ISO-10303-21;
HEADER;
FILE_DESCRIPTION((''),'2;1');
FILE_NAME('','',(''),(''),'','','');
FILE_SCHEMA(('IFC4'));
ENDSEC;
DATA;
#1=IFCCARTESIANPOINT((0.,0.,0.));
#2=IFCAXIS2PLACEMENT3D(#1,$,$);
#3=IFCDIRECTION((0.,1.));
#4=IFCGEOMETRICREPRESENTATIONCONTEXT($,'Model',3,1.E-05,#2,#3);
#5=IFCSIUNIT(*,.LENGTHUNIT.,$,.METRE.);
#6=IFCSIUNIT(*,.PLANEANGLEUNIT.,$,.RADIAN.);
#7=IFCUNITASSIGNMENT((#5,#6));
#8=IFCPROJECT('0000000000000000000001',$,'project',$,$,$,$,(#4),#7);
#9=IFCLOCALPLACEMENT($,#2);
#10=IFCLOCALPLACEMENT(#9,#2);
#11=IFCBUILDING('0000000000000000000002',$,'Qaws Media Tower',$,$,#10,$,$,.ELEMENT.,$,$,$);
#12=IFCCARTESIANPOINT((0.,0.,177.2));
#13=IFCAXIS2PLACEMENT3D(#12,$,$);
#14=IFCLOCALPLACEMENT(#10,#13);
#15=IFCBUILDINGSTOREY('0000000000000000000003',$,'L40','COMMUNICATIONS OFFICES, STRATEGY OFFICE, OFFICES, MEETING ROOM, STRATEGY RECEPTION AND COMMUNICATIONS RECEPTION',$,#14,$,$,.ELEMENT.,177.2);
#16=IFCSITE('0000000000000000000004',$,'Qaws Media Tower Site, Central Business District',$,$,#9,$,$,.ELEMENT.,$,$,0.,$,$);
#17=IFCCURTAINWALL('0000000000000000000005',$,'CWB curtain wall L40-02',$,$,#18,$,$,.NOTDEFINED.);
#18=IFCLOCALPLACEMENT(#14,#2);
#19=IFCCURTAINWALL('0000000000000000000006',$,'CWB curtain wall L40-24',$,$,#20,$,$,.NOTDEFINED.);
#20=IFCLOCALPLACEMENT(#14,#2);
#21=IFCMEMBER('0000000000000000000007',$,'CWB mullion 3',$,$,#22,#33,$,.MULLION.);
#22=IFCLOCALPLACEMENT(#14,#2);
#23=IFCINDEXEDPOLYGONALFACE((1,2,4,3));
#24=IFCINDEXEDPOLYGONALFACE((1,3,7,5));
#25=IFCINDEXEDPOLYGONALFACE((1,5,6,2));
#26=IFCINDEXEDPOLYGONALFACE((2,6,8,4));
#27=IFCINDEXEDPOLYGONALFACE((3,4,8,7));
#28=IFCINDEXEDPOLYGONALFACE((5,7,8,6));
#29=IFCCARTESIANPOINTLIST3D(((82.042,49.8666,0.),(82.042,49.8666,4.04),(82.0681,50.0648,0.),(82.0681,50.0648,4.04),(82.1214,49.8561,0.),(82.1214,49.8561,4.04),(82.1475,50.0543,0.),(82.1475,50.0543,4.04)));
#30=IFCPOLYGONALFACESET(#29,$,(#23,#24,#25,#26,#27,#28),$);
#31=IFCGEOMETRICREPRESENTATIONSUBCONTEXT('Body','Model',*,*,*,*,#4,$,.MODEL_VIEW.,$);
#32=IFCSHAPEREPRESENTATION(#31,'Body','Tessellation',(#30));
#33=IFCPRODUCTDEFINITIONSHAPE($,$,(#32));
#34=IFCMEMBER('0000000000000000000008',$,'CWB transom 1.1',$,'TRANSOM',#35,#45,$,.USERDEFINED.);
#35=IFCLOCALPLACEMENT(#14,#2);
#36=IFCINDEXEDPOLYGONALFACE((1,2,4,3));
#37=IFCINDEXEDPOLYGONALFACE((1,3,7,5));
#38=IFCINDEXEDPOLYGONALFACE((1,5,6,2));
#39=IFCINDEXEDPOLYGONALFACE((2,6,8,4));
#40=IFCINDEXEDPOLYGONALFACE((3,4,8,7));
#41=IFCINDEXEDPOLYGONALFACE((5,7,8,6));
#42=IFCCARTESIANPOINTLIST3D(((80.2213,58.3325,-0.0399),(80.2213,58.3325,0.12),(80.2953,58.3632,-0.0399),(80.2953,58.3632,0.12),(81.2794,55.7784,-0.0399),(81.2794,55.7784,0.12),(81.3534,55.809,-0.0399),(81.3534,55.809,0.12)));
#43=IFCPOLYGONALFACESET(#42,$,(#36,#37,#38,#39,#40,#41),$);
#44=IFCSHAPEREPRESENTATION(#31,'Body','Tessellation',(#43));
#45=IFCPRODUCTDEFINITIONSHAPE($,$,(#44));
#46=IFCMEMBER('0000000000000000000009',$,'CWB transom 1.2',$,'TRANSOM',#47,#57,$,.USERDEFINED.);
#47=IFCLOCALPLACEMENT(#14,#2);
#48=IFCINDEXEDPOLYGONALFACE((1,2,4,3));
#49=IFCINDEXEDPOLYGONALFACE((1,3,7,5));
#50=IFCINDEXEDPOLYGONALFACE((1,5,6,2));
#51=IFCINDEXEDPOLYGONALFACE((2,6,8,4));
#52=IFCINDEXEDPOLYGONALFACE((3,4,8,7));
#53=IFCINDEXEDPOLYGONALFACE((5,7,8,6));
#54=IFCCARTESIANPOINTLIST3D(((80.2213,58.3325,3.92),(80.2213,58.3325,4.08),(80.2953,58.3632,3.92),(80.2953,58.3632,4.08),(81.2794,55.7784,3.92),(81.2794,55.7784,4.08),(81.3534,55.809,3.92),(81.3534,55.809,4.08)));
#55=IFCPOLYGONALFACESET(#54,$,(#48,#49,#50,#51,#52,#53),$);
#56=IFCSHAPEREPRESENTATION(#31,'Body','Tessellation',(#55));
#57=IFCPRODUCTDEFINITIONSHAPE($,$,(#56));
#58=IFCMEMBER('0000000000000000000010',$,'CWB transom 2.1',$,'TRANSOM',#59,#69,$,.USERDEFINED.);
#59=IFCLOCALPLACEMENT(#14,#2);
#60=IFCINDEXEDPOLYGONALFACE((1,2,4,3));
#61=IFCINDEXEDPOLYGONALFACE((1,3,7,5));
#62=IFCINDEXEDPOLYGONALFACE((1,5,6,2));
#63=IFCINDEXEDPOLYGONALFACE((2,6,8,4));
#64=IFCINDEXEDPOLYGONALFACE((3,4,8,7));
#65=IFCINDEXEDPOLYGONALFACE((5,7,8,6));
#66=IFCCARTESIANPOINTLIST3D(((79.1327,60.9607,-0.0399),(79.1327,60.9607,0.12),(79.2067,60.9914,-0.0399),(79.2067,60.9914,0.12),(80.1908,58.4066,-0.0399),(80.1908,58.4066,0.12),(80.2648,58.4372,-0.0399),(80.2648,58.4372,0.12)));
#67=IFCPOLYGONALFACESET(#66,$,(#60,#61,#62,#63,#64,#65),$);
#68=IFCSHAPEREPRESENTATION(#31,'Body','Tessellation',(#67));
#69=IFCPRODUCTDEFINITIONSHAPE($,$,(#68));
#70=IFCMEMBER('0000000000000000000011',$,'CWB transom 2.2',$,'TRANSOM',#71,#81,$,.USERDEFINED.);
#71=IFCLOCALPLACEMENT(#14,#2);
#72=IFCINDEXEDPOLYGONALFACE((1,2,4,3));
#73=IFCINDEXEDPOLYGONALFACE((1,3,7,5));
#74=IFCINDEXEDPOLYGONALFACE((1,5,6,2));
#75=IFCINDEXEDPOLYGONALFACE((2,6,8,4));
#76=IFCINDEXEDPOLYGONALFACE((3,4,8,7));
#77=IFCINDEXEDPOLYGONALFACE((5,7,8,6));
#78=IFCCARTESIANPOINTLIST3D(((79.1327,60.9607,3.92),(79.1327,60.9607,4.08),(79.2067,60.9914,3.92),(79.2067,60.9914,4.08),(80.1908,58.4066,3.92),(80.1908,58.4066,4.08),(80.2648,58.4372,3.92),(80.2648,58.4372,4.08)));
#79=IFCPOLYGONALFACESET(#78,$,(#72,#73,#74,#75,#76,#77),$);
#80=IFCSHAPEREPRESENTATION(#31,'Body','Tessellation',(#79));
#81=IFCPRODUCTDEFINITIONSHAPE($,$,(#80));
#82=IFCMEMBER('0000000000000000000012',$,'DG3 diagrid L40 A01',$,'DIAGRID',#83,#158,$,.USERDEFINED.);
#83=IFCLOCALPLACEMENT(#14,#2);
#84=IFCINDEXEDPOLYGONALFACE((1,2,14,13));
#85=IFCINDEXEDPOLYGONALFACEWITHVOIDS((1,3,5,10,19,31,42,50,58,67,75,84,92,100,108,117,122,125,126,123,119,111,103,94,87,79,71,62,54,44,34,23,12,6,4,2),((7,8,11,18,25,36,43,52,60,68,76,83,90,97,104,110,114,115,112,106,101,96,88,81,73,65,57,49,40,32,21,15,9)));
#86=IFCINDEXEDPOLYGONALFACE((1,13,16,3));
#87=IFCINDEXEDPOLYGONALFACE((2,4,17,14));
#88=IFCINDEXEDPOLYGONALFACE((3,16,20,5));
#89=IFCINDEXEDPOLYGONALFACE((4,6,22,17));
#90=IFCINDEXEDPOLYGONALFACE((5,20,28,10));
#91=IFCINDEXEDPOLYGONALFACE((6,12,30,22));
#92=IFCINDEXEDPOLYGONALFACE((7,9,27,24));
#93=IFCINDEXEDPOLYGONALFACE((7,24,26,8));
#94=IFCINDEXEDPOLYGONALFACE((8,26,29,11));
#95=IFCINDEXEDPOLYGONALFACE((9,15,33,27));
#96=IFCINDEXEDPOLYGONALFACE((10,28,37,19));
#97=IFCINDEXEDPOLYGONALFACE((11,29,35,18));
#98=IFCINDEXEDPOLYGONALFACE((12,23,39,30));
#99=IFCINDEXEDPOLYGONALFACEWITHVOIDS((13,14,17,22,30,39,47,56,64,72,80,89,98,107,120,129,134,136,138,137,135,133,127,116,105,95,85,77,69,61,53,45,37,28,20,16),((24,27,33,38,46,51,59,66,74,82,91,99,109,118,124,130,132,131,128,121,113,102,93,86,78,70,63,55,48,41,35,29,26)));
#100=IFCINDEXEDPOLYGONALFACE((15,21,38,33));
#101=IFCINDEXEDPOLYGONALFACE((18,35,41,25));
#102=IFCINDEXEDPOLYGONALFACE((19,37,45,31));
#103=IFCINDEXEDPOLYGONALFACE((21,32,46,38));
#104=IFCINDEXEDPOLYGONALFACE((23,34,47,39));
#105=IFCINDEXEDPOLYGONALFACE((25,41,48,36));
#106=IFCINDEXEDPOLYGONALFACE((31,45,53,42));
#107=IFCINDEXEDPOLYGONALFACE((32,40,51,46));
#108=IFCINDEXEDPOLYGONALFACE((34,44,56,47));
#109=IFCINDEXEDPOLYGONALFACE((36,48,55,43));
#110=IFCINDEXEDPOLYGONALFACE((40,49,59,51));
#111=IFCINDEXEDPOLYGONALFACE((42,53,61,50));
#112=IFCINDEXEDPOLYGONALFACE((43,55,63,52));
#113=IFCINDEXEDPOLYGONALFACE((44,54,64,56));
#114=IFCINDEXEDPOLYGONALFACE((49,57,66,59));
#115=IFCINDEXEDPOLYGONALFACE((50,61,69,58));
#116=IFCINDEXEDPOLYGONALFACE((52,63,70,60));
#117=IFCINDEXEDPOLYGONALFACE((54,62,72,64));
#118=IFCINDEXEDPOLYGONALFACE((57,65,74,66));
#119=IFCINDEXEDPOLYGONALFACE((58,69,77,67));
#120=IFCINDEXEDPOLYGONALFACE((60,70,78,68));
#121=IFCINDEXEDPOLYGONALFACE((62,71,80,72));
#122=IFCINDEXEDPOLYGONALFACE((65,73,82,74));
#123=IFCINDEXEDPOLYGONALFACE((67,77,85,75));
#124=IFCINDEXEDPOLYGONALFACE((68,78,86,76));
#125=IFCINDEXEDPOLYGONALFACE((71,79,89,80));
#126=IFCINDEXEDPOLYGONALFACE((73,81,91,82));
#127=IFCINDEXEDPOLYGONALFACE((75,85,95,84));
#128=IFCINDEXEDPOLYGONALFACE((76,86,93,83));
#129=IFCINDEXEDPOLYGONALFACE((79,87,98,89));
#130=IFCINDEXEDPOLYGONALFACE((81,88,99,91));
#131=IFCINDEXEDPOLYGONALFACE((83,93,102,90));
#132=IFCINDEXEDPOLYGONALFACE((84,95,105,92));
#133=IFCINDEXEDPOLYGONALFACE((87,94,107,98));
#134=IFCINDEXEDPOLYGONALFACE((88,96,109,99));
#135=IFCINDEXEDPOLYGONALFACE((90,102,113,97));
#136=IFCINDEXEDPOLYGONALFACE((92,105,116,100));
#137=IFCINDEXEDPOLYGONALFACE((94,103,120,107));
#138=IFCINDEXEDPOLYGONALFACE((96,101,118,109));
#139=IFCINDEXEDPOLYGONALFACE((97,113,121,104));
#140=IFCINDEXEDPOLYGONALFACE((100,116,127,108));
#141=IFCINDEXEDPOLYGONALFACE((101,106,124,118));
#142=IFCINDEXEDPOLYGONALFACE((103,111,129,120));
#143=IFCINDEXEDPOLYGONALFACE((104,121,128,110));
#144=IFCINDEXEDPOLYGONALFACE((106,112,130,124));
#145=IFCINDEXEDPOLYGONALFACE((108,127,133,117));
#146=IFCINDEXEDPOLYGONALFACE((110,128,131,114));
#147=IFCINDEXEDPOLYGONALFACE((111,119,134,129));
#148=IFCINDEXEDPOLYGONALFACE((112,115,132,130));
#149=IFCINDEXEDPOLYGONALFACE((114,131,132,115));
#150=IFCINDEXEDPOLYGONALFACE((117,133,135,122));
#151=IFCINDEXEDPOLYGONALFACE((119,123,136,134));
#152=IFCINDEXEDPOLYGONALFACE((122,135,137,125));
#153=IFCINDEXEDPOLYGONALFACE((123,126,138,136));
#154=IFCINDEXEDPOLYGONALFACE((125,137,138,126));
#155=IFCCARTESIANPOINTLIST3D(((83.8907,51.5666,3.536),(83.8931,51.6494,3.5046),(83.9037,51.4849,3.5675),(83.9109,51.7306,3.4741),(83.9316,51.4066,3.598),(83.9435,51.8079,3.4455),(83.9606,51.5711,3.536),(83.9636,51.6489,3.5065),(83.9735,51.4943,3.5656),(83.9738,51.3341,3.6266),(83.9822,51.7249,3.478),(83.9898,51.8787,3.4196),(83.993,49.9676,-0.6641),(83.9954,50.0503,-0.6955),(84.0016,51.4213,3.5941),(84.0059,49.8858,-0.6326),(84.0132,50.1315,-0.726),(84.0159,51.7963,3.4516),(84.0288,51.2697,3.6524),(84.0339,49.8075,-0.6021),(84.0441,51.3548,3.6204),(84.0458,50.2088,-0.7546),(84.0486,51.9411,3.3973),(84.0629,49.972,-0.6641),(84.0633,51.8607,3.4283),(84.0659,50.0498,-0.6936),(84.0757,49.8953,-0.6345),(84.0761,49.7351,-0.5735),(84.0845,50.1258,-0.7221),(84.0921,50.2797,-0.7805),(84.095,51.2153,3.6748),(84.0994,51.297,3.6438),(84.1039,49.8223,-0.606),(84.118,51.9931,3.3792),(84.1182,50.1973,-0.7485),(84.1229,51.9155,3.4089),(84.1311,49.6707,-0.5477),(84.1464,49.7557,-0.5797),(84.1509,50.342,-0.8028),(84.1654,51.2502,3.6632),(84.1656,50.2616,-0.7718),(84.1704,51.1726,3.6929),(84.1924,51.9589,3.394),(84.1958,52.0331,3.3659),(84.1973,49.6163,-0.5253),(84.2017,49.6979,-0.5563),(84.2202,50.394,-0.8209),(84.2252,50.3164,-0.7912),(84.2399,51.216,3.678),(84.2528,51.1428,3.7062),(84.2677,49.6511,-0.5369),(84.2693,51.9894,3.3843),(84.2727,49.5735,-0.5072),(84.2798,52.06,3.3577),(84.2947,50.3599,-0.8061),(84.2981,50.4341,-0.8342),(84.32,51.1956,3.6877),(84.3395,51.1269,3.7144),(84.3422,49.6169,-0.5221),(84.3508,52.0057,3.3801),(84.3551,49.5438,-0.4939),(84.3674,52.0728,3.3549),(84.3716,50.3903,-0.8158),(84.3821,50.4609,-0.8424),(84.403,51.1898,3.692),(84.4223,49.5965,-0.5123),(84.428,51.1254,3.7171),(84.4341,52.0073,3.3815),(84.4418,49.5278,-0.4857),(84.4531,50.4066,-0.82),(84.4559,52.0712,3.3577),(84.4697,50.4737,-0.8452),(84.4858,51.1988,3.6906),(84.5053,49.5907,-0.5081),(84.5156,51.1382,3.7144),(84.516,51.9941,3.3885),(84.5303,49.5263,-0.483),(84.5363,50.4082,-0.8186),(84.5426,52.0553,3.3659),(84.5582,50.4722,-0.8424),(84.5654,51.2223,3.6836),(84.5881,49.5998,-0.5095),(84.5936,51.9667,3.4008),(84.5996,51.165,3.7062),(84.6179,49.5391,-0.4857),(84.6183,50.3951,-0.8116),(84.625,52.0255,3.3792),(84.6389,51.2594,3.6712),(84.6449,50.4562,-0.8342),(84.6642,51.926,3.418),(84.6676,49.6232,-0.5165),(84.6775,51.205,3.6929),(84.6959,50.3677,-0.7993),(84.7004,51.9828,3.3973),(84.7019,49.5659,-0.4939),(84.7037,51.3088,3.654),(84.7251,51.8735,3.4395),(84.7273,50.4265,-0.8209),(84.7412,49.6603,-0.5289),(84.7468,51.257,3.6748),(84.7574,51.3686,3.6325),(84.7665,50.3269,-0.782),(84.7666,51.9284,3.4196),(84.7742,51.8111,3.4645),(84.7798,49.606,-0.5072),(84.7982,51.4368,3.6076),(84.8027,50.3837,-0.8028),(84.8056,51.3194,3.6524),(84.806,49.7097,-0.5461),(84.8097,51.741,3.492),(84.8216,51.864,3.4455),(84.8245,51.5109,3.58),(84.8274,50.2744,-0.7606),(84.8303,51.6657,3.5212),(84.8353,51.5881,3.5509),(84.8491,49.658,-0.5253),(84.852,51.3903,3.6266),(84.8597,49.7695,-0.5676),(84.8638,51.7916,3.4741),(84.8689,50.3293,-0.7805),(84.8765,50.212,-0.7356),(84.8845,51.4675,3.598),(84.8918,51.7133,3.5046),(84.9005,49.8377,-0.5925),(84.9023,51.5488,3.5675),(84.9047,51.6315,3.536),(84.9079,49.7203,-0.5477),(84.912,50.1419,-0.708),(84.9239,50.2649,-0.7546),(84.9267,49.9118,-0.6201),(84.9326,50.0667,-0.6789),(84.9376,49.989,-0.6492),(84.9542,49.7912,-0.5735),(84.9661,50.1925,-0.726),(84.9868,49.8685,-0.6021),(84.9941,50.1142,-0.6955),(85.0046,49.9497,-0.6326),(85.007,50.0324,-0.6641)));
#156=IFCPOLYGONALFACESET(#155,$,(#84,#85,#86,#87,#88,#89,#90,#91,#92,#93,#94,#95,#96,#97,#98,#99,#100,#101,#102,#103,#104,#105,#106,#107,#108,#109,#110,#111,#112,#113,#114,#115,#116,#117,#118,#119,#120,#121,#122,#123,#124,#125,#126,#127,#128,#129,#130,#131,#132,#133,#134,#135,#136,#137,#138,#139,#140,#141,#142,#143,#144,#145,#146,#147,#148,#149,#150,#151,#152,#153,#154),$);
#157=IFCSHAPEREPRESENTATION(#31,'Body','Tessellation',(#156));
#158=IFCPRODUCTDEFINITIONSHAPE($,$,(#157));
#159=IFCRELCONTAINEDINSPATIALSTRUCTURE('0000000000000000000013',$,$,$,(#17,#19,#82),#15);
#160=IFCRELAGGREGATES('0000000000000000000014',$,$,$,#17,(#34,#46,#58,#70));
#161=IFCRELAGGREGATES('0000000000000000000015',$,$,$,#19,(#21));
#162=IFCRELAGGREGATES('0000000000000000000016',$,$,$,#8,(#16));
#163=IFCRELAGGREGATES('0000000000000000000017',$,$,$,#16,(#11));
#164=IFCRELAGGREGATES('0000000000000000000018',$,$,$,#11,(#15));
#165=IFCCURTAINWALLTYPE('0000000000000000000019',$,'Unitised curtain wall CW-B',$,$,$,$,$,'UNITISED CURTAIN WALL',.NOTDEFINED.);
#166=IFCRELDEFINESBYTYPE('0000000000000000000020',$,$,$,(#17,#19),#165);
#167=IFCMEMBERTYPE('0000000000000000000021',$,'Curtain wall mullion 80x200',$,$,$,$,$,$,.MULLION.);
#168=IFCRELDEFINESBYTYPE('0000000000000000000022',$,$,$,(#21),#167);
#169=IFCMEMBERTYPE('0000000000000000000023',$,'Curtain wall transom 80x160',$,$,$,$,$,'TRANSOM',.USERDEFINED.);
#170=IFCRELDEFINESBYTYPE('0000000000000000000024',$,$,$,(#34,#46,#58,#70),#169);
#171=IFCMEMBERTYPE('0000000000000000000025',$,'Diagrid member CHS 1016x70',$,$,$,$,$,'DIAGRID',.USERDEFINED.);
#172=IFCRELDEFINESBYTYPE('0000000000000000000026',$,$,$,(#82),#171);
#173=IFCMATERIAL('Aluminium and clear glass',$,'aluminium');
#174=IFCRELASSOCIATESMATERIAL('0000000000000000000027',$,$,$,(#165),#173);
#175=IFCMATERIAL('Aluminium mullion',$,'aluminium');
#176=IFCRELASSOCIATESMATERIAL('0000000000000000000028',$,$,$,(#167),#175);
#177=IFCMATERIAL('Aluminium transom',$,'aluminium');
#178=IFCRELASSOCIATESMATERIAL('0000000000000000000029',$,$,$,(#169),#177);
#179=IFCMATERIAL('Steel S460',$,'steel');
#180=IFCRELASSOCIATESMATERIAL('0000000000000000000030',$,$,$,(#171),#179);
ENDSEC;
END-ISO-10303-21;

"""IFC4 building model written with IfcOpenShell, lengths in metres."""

from ifc_helpers import new_model, si_unit, direction, frame, origin, origin_2d, place, context, subcontext, project, spatial, rectangle, hollow_circle, extrude, material, material_profile, profile_set, type_object, element, aggregate, save


model = new_model("IFC4")

# Units and contexts
model_context = context("Model", 3, precision=1e-05, world=origin(), true_north=direction((0.0, 1.0)))
body_context = subcontext(model_context, "Body", "Model", "MODEL_VIEW")
ifc_project = project(units=[si_unit("LENGTHUNIT", "METRE"), si_unit("PLANEANGLEUNIT", "RADIAN")], contexts=[model_context])

# Site, building, storey
site_placement = place(None, origin())
site = spatial("IfcSite", under=ifc_project, at=site_placement, Name="Qaws Media Tower Site, Central Business District", CompositionType="ELEMENT", RefElevation=0.0)
building_placement = place(site_placement, origin())
building = spatial("IfcBuilding", under=site, at=building_placement, Name="Qaws Media Tower", CompositionType="ELEMENT")
storey_placement = place(building_placement, frame((0.0, 0.0, 177.2)))
storey = spatial("IfcBuildingStorey", under=building, at=storey_placement, Name="L40", Description="COMMUNICATIONS OFFICES, STRATEGY OFFICE, OFFICES, MEETING ROOM, STRATEGY RECEPTION AND COMMUNICATIONS RECEPTION", CompositionType="ELEMENT", Elevation=177.2)

# Curtain wall
ifc_material_1 = material(Name="Aluminium and clear glass", Category="aluminium")
curtain_wall_type = type_object("IfcCurtainWallType", Name="Unitised curtain wall CW-B", ElementType="UNITISED CURTAIN WALL", PredefinedType="NOTDEFINED", material=ifc_material_1)
curtain_wall_1_placement = place(storey_placement, origin())
curtain_wall_1 = element("IfcCurtainWall", 1, at=curtain_wall_1_placement, inside=storey, type_object=curtain_wall_type, Name="CWB curtain wall L40-02", PredefinedType="NOTDEFINED")
ifc_material_2 = material(Name="Aluminium mullion", Category="aluminium")
ifc_material_profile_1 = material_profile(ifc_material_2, rectangle(XDim=0.0801, YDim=0.2, at=origin_2d()), Name="80x200")
ifc_profile_set_1 = profile_set([ifc_material_profile_1], Name="Aluminium mullion")
member_type_1 = type_object("IfcMemberType", Name="Curtain wall mullion 80x200", PredefinedType="MULLION", material=ifc_profile_set_1)

# Curtain wall, member
curtain_wall_2_placement = place(storey_placement, origin())
curtain_wall_2 = element("IfcCurtainWall", 2, at=curtain_wall_2_placement, inside=storey, type_object=curtain_wall_type, Name="CWB curtain wall L40-24", PredefinedType="NOTDEFINED")
member_1_placement = place(storey_placement, frame((82.0947, 49.9604, 0.0), z_axis=(0.0, 0.0, 1.0), x_axis=(-0.991445, 0.130526, 0.0)))
member_1 = element("IfcMember", 3, at=member_1_placement, type_object=member_type_1, Name="CWB mullion 3", PredefinedType="MULLION", context=body_context, shape_type="SweptSolid", body=[
    extrude(rectangle(XDim=0.0801, YDim=0.2, at=origin_2d()), origin(), (0.0, 0.0, 1.0), 4.04),
])

# Members
ifc_material_3 = material(Name="Aluminium transom", Category="aluminium")
ifc_material_profile_2 = material_profile(ifc_material_3, rectangle(XDim=0.0801, YDim=0.1599, at=origin_2d()), Name="80x160")
ifc_profile_set_2 = profile_set([ifc_material_profile_2], Name="Aluminium transom")
member_type_2 = type_object("IfcMemberType", Name="Curtain wall transom 80x160", ElementType="TRANSOM", PredefinedType="USERDEFINED", material=ifc_profile_set_2)
member_2_placement = place(storey_placement, frame((81.3164, 55.7937, 0.04), z_axis=(-0.382721, 0.923864, 0.0), x_axis=(-0.923864, -0.382721, 0.0)))
member_2 = element("IfcMember", 4, at=member_2_placement, type_object=member_type_2, Name="CWB transom 1.1", ObjectType="TRANSOM", PredefinedType="USERDEFINED", context=body_context, shape_type="SweptSolid", body=[
    extrude(rectangle(XDim=0.0801, YDim=0.1599, at=origin_2d()), origin(), (0.0, 0.0, 1.0), 2.7646),
])
member_3_placement = place(storey_placement, frame((81.3164, 55.7937, 4.0), z_axis=(-0.382721, 0.923864, 0.0), x_axis=(-0.923864, -0.382721, 0.0)))
member_3 = element("IfcMember", 5, at=member_3_placement, type_object=member_type_2, Name="CWB transom 1.2", ObjectType="TRANSOM", PredefinedType="USERDEFINED", context=body_context, shape_type="SweptSolid", body=[
    extrude(rectangle(XDim=0.0801, YDim=0.1599, at=origin_2d()), origin(), (0.0, 0.0, 1.0), 2.7646),
])
member_4_placement = place(storey_placement, frame((80.2278, 58.4219, 0.04), z_axis=(-0.382721, 0.923864, 0.0), x_axis=(-0.923864, -0.382721, 0.0)))
member_4 = element("IfcMember", 6, at=member_4_placement, type_object=member_type_2, Name="CWB transom 2.1", ObjectType="TRANSOM", PredefinedType="USERDEFINED", context=body_context, shape_type="SweptSolid", body=[
    extrude(rectangle(XDim=0.0801, YDim=0.1599, at=origin_2d()), origin(), (0.0, 0.0, 1.0), 2.7646),
])
member_5_placement = place(storey_placement, frame((80.2278, 58.4219, 4.0), z_axis=(-0.382721, 0.923864, 0.0), x_axis=(-0.923864, -0.382721, 0.0)))
member_5 = element("IfcMember", 7, at=member_5_placement, type_object=member_type_2, Name="CWB transom 2.2", ObjectType="TRANSOM", PredefinedType="USERDEFINED", context=body_context, shape_type="SweptSolid", body=[
    extrude(rectangle(XDim=0.0801, YDim=0.1599, at=origin_2d()), origin(), (0.0, 0.0, 1.0), 2.7646),
])

# Member
ifc_material_4 = material(Name="Steel S460", Category="steel")
ifc_material_profile_3 = material_profile(ifc_material_4, hollow_circle(Radius=0.5081, WallThickness=0.0701, at=origin_2d()), Name="CHS 1016x70")
ifc_profile_set_3 = profile_set([ifc_material_profile_3], Name="Steel S460")
member_type_3 = type_object("IfcMemberType", Name="Diagrid member CHS 1016x70", ElementType="DIAGRID", PredefinedType="USERDEFINED", material=ifc_profile_set_3)
for number, where, z_axis, x_axis, name in (
    (8, (84.5, 50.0, -0.6641), (-0.022755, 0.355718, 0.934316), (-0.99796, -0.063839, 0.0), "DG3 diagrid L40 A01"),
):
    element("IfcMember", number, at=place(storey_placement, frame(where, z_axis=z_axis, x_axis=x_axis)), inside=storey, type_object=member_type_3, Name=name, ObjectType="DIAGRID", PredefinedType="USERDEFINED", context=body_context, shape_type="SweptSolid", body=[
        extrude(hollow_circle(Radius=0.5081, WallThickness=0.0701, at=origin_2d()), origin(), (0.0, 0.0, 1.0), 4.4954),
    ])

aggregate(curtain_wall_1, [member_2, member_3, member_4, member_5])
aggregate(curtain_wall_2, [member_1])

save(model, "model.ifc")
